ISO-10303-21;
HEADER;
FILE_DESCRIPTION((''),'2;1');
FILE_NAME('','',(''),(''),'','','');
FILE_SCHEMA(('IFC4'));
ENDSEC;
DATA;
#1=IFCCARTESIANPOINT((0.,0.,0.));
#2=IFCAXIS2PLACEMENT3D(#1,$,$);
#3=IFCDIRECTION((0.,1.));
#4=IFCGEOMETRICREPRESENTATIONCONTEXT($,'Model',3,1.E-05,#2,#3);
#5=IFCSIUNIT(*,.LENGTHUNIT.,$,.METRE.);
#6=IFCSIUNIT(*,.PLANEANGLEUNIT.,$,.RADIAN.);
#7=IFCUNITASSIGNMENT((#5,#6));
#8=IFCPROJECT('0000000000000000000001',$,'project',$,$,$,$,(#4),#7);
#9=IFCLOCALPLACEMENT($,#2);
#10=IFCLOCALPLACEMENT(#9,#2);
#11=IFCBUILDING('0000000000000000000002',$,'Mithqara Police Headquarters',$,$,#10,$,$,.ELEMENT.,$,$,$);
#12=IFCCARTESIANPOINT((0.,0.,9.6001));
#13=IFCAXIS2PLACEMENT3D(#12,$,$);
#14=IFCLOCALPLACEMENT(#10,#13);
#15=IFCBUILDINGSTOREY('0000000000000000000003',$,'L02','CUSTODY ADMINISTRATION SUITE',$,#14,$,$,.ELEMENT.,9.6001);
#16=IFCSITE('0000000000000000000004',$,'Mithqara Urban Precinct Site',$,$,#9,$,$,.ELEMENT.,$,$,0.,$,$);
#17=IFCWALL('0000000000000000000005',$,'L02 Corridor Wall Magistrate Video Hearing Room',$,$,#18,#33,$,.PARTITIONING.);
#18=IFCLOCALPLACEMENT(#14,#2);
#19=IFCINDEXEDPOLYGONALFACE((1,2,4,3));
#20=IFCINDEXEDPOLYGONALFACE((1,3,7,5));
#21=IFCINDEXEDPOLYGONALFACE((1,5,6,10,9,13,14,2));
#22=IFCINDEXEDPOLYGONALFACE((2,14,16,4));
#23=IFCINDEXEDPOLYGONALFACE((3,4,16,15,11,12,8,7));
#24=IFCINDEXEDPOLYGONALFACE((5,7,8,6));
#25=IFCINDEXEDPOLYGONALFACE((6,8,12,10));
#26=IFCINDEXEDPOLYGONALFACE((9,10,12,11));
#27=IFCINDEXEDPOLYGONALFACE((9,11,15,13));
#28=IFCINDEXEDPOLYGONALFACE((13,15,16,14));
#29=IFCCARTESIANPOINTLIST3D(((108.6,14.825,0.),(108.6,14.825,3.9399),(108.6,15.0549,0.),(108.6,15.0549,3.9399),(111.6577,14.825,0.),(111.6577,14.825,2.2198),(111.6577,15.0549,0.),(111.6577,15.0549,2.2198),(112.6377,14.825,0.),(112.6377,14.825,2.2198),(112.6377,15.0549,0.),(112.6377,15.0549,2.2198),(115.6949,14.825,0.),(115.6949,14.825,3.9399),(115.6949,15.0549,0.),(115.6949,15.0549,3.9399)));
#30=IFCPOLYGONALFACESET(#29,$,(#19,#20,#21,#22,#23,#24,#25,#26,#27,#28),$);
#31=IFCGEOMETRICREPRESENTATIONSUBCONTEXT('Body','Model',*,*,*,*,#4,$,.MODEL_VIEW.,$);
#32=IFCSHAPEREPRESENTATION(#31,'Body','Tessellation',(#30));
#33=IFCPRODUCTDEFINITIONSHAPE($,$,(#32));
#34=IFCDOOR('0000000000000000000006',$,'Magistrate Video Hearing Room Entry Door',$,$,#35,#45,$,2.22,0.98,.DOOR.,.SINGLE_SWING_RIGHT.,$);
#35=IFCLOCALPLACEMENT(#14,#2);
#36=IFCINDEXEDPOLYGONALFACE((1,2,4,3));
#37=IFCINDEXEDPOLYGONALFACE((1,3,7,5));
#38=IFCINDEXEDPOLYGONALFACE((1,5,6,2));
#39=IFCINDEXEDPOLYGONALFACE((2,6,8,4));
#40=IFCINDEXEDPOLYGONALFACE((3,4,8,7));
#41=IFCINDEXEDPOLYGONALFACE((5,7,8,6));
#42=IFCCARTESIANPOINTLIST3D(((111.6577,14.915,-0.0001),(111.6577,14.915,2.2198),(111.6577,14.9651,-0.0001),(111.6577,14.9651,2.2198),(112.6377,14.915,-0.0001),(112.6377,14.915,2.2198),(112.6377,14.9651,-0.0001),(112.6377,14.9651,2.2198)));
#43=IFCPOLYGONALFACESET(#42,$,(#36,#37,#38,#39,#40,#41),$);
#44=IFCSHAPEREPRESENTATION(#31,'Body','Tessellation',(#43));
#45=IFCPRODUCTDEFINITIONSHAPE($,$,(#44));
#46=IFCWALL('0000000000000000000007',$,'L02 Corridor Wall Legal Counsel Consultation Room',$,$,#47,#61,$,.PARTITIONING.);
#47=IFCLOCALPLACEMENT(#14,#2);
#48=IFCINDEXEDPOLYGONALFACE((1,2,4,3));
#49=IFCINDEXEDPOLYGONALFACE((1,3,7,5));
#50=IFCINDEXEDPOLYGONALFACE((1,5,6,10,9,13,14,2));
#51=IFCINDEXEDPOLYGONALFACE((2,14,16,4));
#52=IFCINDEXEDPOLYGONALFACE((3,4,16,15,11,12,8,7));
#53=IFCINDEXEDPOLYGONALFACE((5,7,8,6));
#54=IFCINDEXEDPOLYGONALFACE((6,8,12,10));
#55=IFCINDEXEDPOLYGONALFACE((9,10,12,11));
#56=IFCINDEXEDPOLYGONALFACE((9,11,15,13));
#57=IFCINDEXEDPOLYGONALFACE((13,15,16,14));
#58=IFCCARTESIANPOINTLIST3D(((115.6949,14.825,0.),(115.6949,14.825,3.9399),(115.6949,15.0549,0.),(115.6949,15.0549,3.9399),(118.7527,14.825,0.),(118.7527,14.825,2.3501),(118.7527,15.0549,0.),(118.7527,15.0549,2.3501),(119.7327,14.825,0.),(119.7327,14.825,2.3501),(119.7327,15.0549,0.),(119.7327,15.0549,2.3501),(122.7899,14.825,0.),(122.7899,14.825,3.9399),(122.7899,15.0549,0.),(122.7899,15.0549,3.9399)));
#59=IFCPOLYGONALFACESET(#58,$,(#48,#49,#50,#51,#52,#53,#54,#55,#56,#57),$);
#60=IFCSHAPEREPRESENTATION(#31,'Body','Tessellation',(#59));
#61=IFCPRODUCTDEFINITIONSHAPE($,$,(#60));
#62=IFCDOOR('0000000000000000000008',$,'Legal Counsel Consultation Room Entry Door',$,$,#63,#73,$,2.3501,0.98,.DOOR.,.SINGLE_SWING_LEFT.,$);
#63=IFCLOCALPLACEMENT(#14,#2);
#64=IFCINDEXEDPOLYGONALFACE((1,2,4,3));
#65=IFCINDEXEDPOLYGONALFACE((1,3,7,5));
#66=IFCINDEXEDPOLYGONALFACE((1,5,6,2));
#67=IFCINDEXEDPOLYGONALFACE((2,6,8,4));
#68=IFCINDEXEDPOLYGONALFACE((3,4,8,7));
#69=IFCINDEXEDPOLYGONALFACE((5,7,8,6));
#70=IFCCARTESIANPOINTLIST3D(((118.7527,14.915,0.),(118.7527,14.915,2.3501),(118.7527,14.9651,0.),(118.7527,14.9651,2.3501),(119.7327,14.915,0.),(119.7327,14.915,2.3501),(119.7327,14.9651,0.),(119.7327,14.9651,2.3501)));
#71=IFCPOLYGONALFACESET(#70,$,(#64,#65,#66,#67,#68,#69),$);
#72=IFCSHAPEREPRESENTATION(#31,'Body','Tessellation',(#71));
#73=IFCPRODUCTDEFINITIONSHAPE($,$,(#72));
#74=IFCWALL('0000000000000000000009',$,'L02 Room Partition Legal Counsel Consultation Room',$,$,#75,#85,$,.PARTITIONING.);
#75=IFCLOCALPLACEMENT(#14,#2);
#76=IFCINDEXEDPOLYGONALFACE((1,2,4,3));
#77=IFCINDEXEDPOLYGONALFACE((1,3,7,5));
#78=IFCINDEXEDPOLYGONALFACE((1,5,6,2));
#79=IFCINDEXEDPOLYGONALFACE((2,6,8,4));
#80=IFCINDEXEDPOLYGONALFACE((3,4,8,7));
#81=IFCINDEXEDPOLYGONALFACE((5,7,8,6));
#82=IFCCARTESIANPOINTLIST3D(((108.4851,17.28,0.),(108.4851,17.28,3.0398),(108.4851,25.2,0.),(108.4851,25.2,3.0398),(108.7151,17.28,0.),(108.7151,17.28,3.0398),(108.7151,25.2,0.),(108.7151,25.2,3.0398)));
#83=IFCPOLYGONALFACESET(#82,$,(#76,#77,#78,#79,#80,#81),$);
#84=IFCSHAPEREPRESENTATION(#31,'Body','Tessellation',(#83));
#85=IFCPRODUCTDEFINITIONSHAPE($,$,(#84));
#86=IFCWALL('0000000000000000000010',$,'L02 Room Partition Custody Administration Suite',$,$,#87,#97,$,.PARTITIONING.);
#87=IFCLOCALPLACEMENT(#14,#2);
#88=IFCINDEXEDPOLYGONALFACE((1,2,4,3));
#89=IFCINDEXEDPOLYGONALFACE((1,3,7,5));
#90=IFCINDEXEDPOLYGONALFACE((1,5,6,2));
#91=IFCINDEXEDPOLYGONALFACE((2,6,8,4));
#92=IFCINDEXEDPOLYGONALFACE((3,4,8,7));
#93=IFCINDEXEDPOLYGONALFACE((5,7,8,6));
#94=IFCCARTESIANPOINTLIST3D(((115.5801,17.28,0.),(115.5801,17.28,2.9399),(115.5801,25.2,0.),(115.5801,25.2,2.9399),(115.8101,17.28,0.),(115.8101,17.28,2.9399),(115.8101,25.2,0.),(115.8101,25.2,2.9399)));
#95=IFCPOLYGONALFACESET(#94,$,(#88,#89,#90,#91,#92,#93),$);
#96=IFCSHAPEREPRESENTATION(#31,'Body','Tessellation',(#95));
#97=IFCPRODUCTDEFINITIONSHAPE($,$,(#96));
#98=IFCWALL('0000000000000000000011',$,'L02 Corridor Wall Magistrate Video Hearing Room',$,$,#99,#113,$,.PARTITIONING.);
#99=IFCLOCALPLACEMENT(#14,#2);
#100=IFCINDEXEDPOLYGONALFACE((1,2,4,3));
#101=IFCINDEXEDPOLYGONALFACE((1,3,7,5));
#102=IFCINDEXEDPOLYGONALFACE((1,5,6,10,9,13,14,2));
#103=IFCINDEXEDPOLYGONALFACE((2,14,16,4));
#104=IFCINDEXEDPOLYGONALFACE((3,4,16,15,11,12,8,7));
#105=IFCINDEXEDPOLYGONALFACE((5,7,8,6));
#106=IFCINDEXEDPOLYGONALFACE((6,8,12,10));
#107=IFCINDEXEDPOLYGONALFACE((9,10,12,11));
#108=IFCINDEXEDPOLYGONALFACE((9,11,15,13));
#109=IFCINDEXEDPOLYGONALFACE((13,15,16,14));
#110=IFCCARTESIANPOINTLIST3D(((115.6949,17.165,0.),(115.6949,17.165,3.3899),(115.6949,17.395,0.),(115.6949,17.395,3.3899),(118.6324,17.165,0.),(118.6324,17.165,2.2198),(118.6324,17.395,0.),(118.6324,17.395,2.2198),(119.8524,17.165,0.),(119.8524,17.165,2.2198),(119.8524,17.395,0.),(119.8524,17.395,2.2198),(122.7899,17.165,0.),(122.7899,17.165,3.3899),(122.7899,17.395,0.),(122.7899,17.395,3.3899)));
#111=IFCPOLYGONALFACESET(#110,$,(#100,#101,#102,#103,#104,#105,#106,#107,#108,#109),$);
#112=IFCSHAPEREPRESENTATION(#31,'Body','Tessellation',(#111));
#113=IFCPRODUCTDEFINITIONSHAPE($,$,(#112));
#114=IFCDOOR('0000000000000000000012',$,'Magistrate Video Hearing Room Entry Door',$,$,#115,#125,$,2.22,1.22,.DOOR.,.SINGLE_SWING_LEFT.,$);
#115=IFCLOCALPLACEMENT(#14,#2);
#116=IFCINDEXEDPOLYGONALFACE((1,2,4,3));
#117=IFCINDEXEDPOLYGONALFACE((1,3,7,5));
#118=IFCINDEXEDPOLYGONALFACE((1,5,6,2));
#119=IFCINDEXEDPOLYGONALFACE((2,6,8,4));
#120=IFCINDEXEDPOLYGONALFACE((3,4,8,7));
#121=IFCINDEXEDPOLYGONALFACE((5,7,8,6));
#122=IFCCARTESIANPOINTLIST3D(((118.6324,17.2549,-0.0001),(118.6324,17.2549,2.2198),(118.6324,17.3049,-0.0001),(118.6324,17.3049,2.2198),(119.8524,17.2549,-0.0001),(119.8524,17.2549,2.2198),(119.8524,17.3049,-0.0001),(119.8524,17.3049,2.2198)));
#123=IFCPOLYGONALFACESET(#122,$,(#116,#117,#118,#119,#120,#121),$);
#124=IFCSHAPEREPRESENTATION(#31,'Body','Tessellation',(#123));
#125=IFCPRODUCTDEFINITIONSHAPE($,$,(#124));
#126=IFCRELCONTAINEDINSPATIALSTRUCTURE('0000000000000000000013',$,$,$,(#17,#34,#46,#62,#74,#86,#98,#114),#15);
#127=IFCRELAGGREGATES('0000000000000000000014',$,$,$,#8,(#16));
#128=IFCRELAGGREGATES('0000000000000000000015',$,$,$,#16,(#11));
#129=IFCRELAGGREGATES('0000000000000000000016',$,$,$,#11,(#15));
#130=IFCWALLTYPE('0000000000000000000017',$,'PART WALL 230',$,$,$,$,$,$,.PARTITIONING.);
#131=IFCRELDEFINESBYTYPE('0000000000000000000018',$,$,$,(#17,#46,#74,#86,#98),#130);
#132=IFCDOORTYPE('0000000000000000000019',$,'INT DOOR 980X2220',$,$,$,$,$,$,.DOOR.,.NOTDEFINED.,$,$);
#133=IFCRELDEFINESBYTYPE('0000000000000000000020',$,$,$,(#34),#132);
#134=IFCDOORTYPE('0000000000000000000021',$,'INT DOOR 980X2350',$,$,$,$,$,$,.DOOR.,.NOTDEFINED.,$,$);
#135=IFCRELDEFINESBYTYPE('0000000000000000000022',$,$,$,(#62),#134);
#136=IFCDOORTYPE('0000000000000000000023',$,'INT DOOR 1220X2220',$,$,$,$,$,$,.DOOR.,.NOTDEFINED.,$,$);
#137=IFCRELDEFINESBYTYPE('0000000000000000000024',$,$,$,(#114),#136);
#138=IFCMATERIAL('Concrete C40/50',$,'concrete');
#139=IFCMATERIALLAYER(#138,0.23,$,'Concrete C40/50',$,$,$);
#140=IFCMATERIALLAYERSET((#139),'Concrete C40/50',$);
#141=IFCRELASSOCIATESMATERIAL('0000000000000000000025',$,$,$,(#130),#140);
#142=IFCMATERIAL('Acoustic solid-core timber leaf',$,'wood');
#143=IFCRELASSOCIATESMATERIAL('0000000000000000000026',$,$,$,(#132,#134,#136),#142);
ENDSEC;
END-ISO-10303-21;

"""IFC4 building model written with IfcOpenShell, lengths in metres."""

from ifc_helpers import new_model, si_unit, direction, frame, frame_2d, origin, place, context, subcontext, project, spatial, rectangle, extrude, material, layer, layer_set, type_object, element, fill, save


model = new_model("IFC4")

# Units and contexts
model_context = context("Model", 3, precision=1e-05, world=origin(), true_north=direction((0.0, 1.0)))
body_context = subcontext(model_context, "Body", "Model", "MODEL_VIEW")
ifc_project = project(units=[si_unit("LENGTHUNIT", "METRE"), si_unit("PLANEANGLEUNIT", "RADIAN")], contexts=[model_context])

# Site, building, storey
site_placement = place(None, origin())
site = spatial("IfcSite", under=ifc_project, at=site_placement, Name="Mithqara Urban Precinct Site", CompositionType="ELEMENT", RefElevation=0.0)
building_placement = place(site_placement, origin())
building = spatial("IfcBuilding", under=site, at=building_placement, Name="Mithqara Police Headquarters", CompositionType="ELEMENT")
storey_placement = place(building_placement, frame((0.0, 0.0, 9.6001)))
storey = spatial("IfcBuildingStorey", under=building, at=storey_placement, Name="L02", Description="CUSTODY ADMINISTRATION SUITE", CompositionType="ELEMENT", Elevation=9.6001)

# Walls, openings, doors
ifc_material_1 = material(Name="Concrete C40/50", Category="concrete")
ifc_material_2 = material(Name="Acoustic solid-core timber leaf", Category="wood")
ifc_layer_1 = layer(ifc_material_1, 0.23, Name="Concrete C40/50")
ifc_layer_set_1 = layer_set([ifc_layer_1], Name="Concrete C40/50")
wall_type_1 = type_object("IfcWallType", Name="PART WALL 230", PredefinedType="PARTITIONING", material=ifc_layer_set_1)
wall_1_placement = place(storey_placement, frame((108.6001, 14.9399, 0.0), z_axis=(0.0, 0.0, 1.0), x_axis=(1.0, 0.0, 0.0)))
wall_1 = element("IfcWall", 1, at=wall_1_placement, inside=storey, type_object=wall_type_1, Name="L02 Corridor Wall Magistrate Video Hearing Room", PredefinedType="PARTITIONING", context=body_context, shape_type="SweptSolid", body=[
    extrude(rectangle(XDim=7.095, YDim=0.23, at=frame_2d((3.5474, 0.0))), origin(), (0.0, 0.0, 1.0), 3.9399),
])
opening_1_placement = place(wall_1_placement, frame((3.0576, 0.0, 0.0)))
opening_1 = element("IfcOpeningElement", 2, at=opening_1_placement, cuts=wall_1, PredefinedType="OPENING", context=body_context, shape_type="SweptSolid", body=[
    extrude(rectangle(XDim=0.98, YDim=2.22, at=frame_2d((0.49, 1.1099))), frame((0.0, 0.125, 0.0), z_axis=(0.0, -1.0, 0.0), x_axis=(1.0, 0.0, 0.0)), (0.0, 0.0, 1.0), 0.25),
])
door_type_1 = type_object("IfcDoorType", Name="INT DOOR 980X2220", OperationType="NOTDEFINED", PredefinedType="DOOR", material=ifc_material_2)
door_1_placement = place(opening_1_placement, frame((0.98, 0.0, 0.0), z_axis=(0.0, 0.0, 1.0), x_axis=(-1.0, 0.0, 0.0)))
door_1 = element("IfcDoor", 3, at=door_1_placement, inside=storey, type_object=door_type_1, Name="Magistrate Video Hearing Room Entry Door", OperationType="SINGLE_SWING_RIGHT", OverallHeight=2.22, OverallWidth=0.98, PredefinedType="DOOR", context=body_context, shape_type="SweptSolid", body=[
    extrude(rectangle(XDim=0.98, YDim=2.22, at=frame_2d((0.49, 1.1099))), frame((0.0, 0.0249, 0.0), z_axis=(0.0, -1.0, 0.0), x_axis=(1.0, 0.0, 0.0)), (0.0, 0.0, 1.0), 0.05),
])
fill(opening_1, door_1)
wall_2_placement = place(storey_placement, frame((115.6951, 14.9399, 0.0), z_axis=(0.0, 0.0, 1.0), x_axis=(1.0, 0.0, 0.0)))
wall_2 = element("IfcWall", 4, at=wall_2_placement, inside=storey, type_object=wall_type_1, Name="L02 Corridor Wall Legal Counsel Consultation Room", PredefinedType="PARTITIONING", context=body_context, shape_type="SweptSolid", body=[
    extrude(rectangle(XDim=7.095, YDim=0.23, at=frame_2d((3.5474, 0.0))), origin(), (0.0, 0.0, 1.0), 3.9399),
])
opening_2_placement = place(wall_2_placement, frame((3.0576, 0.0, 0.0)))
opening_2 = element("IfcOpeningElement", 5, at=opening_2_placement, cuts=wall_2, PredefinedType="OPENING", context=body_context, shape_type="SweptSolid", body=[
    extrude(rectangle(XDim=0.98, YDim=2.3501, at=frame_2d((0.49, 1.175))), frame((0.0, 0.125, 0.0), z_axis=(0.0, -1.0, 0.0), x_axis=(1.0, 0.0, 0.0)), (0.0, 0.0, 1.0), 0.25),
])
door_type_2 = type_object("IfcDoorType", Name="INT DOOR 980X2350", OperationType="NOTDEFINED", PredefinedType="DOOR", material=ifc_material_2)
door_2_placement = place(opening_2_placement, frame((0.98, 0.0, 0.0), z_axis=(0.0, 0.0, 1.0), x_axis=(-1.0, 0.0, 0.0)))
door_2 = element("IfcDoor", 6, at=door_2_placement, inside=storey, type_object=door_type_2, Name="Legal Counsel Consultation Room Entry Door", OperationType="SINGLE_SWING_LEFT", OverallHeight=2.3501, OverallWidth=0.98, PredefinedType="DOOR", context=body_context, shape_type="SweptSolid", body=[
    extrude(rectangle(XDim=0.98, YDim=2.3501, at=frame_2d((0.49, 1.175))), frame((0.0, 0.0249, 0.0), z_axis=(0.0, -1.0, 0.0), x_axis=(1.0, 0.0, 0.0)), (0.0, 0.0, 1.0), 0.05),
])
fill(opening_2, door_2)

# Walls
wall_3_placement = place(storey_placement, frame((108.6001, 17.28, 0.0), z_axis=(0.0, 0.0, 1.0), x_axis=(0.0, 1.0, 0.0)))
element("IfcWall", 7, at=wall_3_placement, inside=storey, type_object=wall_type_1, Name="L02 Room Partition Legal Counsel Consultation Room", PredefinedType="PARTITIONING", context=body_context, shape_type="SweptSolid", body=[
    extrude(rectangle(XDim=7.9199, YDim=0.23, at=frame_2d((3.96, 0.0))), origin(), (0.0, 0.0, 1.0), 3.0398),
])
wall_4_placement = place(storey_placement, frame((115.6951, 17.28, 0.0), z_axis=(0.0, 0.0, 1.0), x_axis=(0.0, 1.0, 0.0)))
element("IfcWall", 8, at=wall_4_placement, inside=storey, type_object=wall_type_1, Name="L02 Room Partition Custody Administration Suite", PredefinedType="PARTITIONING", context=body_context, shape_type="SweptSolid", body=[
    extrude(rectangle(XDim=7.9199, YDim=0.23, at=frame_2d((3.96, 0.0))), origin(), (0.0, 0.0, 1.0), 2.9399),
])

# Wall, opening, door
wall_5_placement = place(storey_placement, frame((115.6951, 17.28, 0.0), z_axis=(0.0, 0.0, 1.0), x_axis=(1.0, 0.0, 0.0)))
wall_5 = element("IfcWall", 9, at=wall_5_placement, inside=storey, type_object=wall_type_1, Name="L02 Corridor Wall Magistrate Video Hearing Room", PredefinedType="PARTITIONING", context=body_context, shape_type="SweptSolid", body=[
    extrude(rectangle(XDim=7.095, YDim=0.23, at=frame_2d((3.5474, 0.0))), origin(), (0.0, 0.0, 1.0), 3.3899),
])
opening_3_placement = place(wall_5_placement, frame((2.9375, 0.0, 0.0)))
opening_3 = element("IfcOpeningElement", 10, at=opening_3_placement, cuts=wall_5, PredefinedType="OPENING", context=body_context, shape_type="SweptSolid", body=[
    extrude(rectangle(XDim=1.22, YDim=2.22, at=frame_2d((0.6099, 1.1099))), frame((0.0, 0.125, 0.0), z_axis=(0.0, -1.0, 0.0), x_axis=(1.0, 0.0, 0.0)), (0.0, 0.0, 1.0), 0.25),
])
door_type_3 = type_object("IfcDoorType", Name="INT DOOR 1220X2220", OperationType="NOTDEFINED", PredefinedType="DOOR", material=ifc_material_2)
door_3_placement = place(opening_3_placement, origin())
door_3 = element("IfcDoor", 11, at=door_3_placement, inside=storey, type_object=door_type_3, Name="Magistrate Video Hearing Room Entry Door", OperationType="SINGLE_SWING_LEFT", OverallHeight=2.22, OverallWidth=1.22, PredefinedType="DOOR", context=body_context, shape_type="SweptSolid", body=[
    extrude(rectangle(XDim=1.22, YDim=2.22, at=frame_2d((0.6099, 1.1099))), frame((0.0, 0.0249, 0.0), z_axis=(0.0, -1.0, 0.0), x_axis=(1.0, 0.0, 0.0)), (0.0, 0.0, 1.0), 0.05),
])
fill(opening_3, door_3)

save(model, "model.ifc")
